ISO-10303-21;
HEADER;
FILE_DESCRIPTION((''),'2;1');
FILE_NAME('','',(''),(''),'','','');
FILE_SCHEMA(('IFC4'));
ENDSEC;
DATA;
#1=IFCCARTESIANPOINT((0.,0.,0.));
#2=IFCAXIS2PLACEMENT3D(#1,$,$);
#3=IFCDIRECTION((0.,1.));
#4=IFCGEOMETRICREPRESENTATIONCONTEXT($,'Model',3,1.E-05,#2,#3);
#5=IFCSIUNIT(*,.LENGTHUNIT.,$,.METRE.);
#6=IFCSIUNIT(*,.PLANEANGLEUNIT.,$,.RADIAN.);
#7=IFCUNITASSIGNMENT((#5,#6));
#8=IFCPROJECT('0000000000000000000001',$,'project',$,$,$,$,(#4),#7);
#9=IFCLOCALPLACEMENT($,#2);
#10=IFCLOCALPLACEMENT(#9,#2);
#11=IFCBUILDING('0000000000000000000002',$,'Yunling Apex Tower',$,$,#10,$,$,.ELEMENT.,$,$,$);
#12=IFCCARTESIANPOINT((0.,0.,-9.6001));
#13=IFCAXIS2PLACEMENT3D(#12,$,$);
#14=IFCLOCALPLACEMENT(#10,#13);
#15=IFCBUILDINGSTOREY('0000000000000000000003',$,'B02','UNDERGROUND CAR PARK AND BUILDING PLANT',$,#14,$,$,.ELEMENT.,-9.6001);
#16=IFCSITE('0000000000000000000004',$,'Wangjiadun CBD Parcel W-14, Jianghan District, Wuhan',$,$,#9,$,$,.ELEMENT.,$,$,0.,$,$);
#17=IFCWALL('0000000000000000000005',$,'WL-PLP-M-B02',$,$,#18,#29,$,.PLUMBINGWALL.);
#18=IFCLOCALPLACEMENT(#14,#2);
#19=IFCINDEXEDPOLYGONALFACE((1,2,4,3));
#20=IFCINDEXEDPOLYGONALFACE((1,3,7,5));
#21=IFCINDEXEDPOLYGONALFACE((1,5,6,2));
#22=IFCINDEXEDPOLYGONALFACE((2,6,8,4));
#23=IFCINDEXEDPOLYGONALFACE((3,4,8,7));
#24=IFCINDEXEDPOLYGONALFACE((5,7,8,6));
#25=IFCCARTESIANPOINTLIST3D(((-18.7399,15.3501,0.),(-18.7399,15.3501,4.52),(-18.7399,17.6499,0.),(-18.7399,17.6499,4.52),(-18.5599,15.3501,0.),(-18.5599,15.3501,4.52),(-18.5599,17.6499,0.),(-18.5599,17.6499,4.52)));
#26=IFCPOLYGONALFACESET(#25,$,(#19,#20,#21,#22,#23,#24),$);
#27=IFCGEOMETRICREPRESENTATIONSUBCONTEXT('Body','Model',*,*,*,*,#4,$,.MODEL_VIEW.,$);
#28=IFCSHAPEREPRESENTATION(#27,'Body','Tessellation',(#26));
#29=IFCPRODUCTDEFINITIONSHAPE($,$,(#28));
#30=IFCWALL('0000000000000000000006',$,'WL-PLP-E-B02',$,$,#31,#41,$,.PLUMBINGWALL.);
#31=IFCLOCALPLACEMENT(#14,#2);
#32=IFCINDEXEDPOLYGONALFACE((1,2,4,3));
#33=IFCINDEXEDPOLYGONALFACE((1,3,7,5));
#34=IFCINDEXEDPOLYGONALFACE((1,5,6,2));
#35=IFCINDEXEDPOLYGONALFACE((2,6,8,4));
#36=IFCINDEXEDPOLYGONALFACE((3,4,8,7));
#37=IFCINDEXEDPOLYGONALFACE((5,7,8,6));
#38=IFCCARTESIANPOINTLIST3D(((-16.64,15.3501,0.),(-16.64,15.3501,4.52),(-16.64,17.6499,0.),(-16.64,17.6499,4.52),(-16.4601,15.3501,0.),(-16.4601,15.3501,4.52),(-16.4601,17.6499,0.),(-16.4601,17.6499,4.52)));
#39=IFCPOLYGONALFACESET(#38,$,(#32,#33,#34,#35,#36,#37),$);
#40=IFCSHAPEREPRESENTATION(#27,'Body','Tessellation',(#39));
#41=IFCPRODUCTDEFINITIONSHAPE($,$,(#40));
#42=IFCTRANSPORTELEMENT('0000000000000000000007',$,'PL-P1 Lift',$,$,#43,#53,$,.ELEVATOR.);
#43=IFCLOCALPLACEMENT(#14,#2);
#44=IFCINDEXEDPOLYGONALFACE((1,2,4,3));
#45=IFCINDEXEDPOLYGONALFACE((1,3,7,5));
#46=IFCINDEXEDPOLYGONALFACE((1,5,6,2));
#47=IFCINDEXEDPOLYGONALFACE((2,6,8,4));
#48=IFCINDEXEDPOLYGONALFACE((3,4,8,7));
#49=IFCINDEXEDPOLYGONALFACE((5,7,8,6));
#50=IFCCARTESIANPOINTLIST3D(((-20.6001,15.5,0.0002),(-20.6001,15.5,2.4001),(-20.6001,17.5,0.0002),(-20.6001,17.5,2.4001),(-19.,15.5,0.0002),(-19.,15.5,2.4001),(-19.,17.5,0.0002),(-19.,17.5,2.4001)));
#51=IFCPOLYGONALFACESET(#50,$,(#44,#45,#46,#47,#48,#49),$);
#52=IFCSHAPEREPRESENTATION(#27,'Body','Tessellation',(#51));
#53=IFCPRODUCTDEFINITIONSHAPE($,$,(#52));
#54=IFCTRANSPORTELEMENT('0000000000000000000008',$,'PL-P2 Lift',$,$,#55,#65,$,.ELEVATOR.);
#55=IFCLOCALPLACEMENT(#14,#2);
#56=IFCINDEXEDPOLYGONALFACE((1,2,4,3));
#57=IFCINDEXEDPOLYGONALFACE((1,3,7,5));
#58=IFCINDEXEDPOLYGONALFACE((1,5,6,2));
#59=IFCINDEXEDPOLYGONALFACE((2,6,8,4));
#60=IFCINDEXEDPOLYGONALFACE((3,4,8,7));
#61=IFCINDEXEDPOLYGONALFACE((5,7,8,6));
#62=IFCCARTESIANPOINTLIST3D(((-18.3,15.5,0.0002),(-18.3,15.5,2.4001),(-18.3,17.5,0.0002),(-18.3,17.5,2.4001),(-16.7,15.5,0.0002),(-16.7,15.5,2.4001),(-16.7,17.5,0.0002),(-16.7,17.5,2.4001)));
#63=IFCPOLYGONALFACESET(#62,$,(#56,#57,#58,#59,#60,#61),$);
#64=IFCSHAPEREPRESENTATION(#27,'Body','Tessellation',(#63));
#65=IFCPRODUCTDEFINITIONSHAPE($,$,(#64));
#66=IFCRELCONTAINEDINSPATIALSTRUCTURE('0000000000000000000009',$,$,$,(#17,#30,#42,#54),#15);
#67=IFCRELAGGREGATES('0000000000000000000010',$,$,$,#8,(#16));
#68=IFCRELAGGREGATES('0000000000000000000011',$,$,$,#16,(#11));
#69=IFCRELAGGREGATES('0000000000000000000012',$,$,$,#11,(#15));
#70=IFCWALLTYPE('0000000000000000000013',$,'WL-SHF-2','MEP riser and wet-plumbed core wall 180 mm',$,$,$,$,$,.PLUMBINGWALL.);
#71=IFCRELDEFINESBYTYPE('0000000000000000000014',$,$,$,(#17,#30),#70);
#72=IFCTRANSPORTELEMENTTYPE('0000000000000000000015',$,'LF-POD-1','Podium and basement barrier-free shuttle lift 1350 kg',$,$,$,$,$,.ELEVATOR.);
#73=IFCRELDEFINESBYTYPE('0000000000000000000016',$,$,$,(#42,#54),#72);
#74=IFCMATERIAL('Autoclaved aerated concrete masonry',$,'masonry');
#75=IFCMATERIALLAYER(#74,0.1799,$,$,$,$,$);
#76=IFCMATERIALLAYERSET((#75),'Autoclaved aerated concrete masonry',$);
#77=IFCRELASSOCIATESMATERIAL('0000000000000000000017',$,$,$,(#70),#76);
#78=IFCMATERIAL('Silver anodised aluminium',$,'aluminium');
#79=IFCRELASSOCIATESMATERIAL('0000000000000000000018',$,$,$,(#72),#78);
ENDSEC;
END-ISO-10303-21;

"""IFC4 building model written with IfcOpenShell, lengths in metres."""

from ifc_helpers import new_model, si_unit, direction, frame, frame_2d, origin, origin_2d, place, context, subcontext, project, spatial, rectangle, extrude, source, transform, mapped, material, layer, layer_set, type_object, element, save


model = new_model("IFC4")

# Units and contexts
model_context = context("Model", 3, precision=1e-05, world=origin(), true_north=direction((0.0, 1.0)))
body_context = subcontext(model_context, "Body", "Model", "MODEL_VIEW")
ifc_project = project(units=[si_unit("LENGTHUNIT", "METRE"), si_unit("PLANEANGLEUNIT", "RADIAN")], contexts=[model_context])

# Site, building, storey
site_placement = place(None, origin())
site = spatial("IfcSite", under=ifc_project, at=site_placement, Name="Wangjiadun CBD Parcel W-14, Jianghan District, Wuhan", CompositionType="ELEMENT", RefElevation=0.0)
building_placement = place(site_placement, origin())
building = spatial("IfcBuilding", under=site, at=building_placement, Name="Yunling Apex Tower", CompositionType="ELEMENT")
storey_placement = place(building_placement, frame((0.0, 0.0, -9.6001)))
storey = spatial("IfcBuildingStorey", under=building, at=storey_placement, Name="B02", Description="UNDERGROUND CAR PARK AND BUILDING PLANT", CompositionType="ELEMENT", Elevation=-9.6001)

# Walls
ifc_material_1 = material(Name="Autoclaved aerated concrete masonry", Category="masonry")
ifc_layer_1 = layer(ifc_material_1, 0.1799)
ifc_layer_set_1 = layer_set([ifc_layer_1], Name="Autoclaved aerated concrete masonry")
wall_type = type_object("IfcWallType", Name="WL-SHF-2", Description="MEP riser and wet-plumbed core wall 180 mm", PredefinedType="PLUMBINGWALL", material=ifc_layer_set_1)
for number, where, z_axis, x_axis, name in (
    (1, (-18.6499, 15.3501, 0.0), (0.0, 0.0, 1.0), (0.0, 1.0, 0.0), "WL-PLP-M-B02"),
    (2, (-16.55, 15.3501, 0.0), (0.0, 0.0, 1.0), (0.0, 1.0, 0.0), "WL-PLP-E-B02"),
):
    element("IfcWall", number, at=place(storey_placement, frame(where, z_axis=z_axis, x_axis=x_axis)), inside=storey, type_object=wall_type, Name=name, PredefinedType="PLUMBINGWALL", context=body_context, shape_type="SweptSolid", body=[
        extrude(rectangle(XDim=2.2998, YDim=0.1799, at=frame_2d((1.1499, 0.0))), origin(), (0.0, 0.0, 1.0), 4.52),
    ])

# Transport elements
ifc_material_2 = material(Name="Silver anodised aluminium", Category="aluminium")
transport_element_type = type_object("IfcTransportElementType", Name="LF-POD-1", Description="Podium and basement barrier-free shuttle lift 1350 kg", PredefinedType="ELEVATOR", material=ifc_material_2)
shared_shape_1 = source(origin(), body_context, "Body", "SweptSolid", [
    extrude(rectangle(XDim=1.6001, YDim=2.0, at=origin_2d()), origin(), (0.0, 0.0, 1.0), 2.3999),
])
for number, where, z_axis, x_axis, name in (
    (3, (-19.8, 16.5, 0.0002), (0.0, 0.0, 1.0), (1.0, 0.0, 0.0), "PL-P1 Lift"),
    (4, (-17.5, 16.5, 0.0002), (0.0, 0.0, 1.0), (1.0, 0.0, 0.0), "PL-P2 Lift"),
):
    element("IfcTransportElement", number, at=place(storey_placement, frame(where, z_axis=z_axis, x_axis=x_axis)), inside=storey, type_object=transport_element_type, Name=name, PredefinedType="ELEVATOR", context=body_context, shape_type="MappedRepresentation", body=[
        mapped(shared_shape_1, transform((0.0, 0.0, 0.0), scale=1.0)),
    ])

save(model, "model.ifc")
